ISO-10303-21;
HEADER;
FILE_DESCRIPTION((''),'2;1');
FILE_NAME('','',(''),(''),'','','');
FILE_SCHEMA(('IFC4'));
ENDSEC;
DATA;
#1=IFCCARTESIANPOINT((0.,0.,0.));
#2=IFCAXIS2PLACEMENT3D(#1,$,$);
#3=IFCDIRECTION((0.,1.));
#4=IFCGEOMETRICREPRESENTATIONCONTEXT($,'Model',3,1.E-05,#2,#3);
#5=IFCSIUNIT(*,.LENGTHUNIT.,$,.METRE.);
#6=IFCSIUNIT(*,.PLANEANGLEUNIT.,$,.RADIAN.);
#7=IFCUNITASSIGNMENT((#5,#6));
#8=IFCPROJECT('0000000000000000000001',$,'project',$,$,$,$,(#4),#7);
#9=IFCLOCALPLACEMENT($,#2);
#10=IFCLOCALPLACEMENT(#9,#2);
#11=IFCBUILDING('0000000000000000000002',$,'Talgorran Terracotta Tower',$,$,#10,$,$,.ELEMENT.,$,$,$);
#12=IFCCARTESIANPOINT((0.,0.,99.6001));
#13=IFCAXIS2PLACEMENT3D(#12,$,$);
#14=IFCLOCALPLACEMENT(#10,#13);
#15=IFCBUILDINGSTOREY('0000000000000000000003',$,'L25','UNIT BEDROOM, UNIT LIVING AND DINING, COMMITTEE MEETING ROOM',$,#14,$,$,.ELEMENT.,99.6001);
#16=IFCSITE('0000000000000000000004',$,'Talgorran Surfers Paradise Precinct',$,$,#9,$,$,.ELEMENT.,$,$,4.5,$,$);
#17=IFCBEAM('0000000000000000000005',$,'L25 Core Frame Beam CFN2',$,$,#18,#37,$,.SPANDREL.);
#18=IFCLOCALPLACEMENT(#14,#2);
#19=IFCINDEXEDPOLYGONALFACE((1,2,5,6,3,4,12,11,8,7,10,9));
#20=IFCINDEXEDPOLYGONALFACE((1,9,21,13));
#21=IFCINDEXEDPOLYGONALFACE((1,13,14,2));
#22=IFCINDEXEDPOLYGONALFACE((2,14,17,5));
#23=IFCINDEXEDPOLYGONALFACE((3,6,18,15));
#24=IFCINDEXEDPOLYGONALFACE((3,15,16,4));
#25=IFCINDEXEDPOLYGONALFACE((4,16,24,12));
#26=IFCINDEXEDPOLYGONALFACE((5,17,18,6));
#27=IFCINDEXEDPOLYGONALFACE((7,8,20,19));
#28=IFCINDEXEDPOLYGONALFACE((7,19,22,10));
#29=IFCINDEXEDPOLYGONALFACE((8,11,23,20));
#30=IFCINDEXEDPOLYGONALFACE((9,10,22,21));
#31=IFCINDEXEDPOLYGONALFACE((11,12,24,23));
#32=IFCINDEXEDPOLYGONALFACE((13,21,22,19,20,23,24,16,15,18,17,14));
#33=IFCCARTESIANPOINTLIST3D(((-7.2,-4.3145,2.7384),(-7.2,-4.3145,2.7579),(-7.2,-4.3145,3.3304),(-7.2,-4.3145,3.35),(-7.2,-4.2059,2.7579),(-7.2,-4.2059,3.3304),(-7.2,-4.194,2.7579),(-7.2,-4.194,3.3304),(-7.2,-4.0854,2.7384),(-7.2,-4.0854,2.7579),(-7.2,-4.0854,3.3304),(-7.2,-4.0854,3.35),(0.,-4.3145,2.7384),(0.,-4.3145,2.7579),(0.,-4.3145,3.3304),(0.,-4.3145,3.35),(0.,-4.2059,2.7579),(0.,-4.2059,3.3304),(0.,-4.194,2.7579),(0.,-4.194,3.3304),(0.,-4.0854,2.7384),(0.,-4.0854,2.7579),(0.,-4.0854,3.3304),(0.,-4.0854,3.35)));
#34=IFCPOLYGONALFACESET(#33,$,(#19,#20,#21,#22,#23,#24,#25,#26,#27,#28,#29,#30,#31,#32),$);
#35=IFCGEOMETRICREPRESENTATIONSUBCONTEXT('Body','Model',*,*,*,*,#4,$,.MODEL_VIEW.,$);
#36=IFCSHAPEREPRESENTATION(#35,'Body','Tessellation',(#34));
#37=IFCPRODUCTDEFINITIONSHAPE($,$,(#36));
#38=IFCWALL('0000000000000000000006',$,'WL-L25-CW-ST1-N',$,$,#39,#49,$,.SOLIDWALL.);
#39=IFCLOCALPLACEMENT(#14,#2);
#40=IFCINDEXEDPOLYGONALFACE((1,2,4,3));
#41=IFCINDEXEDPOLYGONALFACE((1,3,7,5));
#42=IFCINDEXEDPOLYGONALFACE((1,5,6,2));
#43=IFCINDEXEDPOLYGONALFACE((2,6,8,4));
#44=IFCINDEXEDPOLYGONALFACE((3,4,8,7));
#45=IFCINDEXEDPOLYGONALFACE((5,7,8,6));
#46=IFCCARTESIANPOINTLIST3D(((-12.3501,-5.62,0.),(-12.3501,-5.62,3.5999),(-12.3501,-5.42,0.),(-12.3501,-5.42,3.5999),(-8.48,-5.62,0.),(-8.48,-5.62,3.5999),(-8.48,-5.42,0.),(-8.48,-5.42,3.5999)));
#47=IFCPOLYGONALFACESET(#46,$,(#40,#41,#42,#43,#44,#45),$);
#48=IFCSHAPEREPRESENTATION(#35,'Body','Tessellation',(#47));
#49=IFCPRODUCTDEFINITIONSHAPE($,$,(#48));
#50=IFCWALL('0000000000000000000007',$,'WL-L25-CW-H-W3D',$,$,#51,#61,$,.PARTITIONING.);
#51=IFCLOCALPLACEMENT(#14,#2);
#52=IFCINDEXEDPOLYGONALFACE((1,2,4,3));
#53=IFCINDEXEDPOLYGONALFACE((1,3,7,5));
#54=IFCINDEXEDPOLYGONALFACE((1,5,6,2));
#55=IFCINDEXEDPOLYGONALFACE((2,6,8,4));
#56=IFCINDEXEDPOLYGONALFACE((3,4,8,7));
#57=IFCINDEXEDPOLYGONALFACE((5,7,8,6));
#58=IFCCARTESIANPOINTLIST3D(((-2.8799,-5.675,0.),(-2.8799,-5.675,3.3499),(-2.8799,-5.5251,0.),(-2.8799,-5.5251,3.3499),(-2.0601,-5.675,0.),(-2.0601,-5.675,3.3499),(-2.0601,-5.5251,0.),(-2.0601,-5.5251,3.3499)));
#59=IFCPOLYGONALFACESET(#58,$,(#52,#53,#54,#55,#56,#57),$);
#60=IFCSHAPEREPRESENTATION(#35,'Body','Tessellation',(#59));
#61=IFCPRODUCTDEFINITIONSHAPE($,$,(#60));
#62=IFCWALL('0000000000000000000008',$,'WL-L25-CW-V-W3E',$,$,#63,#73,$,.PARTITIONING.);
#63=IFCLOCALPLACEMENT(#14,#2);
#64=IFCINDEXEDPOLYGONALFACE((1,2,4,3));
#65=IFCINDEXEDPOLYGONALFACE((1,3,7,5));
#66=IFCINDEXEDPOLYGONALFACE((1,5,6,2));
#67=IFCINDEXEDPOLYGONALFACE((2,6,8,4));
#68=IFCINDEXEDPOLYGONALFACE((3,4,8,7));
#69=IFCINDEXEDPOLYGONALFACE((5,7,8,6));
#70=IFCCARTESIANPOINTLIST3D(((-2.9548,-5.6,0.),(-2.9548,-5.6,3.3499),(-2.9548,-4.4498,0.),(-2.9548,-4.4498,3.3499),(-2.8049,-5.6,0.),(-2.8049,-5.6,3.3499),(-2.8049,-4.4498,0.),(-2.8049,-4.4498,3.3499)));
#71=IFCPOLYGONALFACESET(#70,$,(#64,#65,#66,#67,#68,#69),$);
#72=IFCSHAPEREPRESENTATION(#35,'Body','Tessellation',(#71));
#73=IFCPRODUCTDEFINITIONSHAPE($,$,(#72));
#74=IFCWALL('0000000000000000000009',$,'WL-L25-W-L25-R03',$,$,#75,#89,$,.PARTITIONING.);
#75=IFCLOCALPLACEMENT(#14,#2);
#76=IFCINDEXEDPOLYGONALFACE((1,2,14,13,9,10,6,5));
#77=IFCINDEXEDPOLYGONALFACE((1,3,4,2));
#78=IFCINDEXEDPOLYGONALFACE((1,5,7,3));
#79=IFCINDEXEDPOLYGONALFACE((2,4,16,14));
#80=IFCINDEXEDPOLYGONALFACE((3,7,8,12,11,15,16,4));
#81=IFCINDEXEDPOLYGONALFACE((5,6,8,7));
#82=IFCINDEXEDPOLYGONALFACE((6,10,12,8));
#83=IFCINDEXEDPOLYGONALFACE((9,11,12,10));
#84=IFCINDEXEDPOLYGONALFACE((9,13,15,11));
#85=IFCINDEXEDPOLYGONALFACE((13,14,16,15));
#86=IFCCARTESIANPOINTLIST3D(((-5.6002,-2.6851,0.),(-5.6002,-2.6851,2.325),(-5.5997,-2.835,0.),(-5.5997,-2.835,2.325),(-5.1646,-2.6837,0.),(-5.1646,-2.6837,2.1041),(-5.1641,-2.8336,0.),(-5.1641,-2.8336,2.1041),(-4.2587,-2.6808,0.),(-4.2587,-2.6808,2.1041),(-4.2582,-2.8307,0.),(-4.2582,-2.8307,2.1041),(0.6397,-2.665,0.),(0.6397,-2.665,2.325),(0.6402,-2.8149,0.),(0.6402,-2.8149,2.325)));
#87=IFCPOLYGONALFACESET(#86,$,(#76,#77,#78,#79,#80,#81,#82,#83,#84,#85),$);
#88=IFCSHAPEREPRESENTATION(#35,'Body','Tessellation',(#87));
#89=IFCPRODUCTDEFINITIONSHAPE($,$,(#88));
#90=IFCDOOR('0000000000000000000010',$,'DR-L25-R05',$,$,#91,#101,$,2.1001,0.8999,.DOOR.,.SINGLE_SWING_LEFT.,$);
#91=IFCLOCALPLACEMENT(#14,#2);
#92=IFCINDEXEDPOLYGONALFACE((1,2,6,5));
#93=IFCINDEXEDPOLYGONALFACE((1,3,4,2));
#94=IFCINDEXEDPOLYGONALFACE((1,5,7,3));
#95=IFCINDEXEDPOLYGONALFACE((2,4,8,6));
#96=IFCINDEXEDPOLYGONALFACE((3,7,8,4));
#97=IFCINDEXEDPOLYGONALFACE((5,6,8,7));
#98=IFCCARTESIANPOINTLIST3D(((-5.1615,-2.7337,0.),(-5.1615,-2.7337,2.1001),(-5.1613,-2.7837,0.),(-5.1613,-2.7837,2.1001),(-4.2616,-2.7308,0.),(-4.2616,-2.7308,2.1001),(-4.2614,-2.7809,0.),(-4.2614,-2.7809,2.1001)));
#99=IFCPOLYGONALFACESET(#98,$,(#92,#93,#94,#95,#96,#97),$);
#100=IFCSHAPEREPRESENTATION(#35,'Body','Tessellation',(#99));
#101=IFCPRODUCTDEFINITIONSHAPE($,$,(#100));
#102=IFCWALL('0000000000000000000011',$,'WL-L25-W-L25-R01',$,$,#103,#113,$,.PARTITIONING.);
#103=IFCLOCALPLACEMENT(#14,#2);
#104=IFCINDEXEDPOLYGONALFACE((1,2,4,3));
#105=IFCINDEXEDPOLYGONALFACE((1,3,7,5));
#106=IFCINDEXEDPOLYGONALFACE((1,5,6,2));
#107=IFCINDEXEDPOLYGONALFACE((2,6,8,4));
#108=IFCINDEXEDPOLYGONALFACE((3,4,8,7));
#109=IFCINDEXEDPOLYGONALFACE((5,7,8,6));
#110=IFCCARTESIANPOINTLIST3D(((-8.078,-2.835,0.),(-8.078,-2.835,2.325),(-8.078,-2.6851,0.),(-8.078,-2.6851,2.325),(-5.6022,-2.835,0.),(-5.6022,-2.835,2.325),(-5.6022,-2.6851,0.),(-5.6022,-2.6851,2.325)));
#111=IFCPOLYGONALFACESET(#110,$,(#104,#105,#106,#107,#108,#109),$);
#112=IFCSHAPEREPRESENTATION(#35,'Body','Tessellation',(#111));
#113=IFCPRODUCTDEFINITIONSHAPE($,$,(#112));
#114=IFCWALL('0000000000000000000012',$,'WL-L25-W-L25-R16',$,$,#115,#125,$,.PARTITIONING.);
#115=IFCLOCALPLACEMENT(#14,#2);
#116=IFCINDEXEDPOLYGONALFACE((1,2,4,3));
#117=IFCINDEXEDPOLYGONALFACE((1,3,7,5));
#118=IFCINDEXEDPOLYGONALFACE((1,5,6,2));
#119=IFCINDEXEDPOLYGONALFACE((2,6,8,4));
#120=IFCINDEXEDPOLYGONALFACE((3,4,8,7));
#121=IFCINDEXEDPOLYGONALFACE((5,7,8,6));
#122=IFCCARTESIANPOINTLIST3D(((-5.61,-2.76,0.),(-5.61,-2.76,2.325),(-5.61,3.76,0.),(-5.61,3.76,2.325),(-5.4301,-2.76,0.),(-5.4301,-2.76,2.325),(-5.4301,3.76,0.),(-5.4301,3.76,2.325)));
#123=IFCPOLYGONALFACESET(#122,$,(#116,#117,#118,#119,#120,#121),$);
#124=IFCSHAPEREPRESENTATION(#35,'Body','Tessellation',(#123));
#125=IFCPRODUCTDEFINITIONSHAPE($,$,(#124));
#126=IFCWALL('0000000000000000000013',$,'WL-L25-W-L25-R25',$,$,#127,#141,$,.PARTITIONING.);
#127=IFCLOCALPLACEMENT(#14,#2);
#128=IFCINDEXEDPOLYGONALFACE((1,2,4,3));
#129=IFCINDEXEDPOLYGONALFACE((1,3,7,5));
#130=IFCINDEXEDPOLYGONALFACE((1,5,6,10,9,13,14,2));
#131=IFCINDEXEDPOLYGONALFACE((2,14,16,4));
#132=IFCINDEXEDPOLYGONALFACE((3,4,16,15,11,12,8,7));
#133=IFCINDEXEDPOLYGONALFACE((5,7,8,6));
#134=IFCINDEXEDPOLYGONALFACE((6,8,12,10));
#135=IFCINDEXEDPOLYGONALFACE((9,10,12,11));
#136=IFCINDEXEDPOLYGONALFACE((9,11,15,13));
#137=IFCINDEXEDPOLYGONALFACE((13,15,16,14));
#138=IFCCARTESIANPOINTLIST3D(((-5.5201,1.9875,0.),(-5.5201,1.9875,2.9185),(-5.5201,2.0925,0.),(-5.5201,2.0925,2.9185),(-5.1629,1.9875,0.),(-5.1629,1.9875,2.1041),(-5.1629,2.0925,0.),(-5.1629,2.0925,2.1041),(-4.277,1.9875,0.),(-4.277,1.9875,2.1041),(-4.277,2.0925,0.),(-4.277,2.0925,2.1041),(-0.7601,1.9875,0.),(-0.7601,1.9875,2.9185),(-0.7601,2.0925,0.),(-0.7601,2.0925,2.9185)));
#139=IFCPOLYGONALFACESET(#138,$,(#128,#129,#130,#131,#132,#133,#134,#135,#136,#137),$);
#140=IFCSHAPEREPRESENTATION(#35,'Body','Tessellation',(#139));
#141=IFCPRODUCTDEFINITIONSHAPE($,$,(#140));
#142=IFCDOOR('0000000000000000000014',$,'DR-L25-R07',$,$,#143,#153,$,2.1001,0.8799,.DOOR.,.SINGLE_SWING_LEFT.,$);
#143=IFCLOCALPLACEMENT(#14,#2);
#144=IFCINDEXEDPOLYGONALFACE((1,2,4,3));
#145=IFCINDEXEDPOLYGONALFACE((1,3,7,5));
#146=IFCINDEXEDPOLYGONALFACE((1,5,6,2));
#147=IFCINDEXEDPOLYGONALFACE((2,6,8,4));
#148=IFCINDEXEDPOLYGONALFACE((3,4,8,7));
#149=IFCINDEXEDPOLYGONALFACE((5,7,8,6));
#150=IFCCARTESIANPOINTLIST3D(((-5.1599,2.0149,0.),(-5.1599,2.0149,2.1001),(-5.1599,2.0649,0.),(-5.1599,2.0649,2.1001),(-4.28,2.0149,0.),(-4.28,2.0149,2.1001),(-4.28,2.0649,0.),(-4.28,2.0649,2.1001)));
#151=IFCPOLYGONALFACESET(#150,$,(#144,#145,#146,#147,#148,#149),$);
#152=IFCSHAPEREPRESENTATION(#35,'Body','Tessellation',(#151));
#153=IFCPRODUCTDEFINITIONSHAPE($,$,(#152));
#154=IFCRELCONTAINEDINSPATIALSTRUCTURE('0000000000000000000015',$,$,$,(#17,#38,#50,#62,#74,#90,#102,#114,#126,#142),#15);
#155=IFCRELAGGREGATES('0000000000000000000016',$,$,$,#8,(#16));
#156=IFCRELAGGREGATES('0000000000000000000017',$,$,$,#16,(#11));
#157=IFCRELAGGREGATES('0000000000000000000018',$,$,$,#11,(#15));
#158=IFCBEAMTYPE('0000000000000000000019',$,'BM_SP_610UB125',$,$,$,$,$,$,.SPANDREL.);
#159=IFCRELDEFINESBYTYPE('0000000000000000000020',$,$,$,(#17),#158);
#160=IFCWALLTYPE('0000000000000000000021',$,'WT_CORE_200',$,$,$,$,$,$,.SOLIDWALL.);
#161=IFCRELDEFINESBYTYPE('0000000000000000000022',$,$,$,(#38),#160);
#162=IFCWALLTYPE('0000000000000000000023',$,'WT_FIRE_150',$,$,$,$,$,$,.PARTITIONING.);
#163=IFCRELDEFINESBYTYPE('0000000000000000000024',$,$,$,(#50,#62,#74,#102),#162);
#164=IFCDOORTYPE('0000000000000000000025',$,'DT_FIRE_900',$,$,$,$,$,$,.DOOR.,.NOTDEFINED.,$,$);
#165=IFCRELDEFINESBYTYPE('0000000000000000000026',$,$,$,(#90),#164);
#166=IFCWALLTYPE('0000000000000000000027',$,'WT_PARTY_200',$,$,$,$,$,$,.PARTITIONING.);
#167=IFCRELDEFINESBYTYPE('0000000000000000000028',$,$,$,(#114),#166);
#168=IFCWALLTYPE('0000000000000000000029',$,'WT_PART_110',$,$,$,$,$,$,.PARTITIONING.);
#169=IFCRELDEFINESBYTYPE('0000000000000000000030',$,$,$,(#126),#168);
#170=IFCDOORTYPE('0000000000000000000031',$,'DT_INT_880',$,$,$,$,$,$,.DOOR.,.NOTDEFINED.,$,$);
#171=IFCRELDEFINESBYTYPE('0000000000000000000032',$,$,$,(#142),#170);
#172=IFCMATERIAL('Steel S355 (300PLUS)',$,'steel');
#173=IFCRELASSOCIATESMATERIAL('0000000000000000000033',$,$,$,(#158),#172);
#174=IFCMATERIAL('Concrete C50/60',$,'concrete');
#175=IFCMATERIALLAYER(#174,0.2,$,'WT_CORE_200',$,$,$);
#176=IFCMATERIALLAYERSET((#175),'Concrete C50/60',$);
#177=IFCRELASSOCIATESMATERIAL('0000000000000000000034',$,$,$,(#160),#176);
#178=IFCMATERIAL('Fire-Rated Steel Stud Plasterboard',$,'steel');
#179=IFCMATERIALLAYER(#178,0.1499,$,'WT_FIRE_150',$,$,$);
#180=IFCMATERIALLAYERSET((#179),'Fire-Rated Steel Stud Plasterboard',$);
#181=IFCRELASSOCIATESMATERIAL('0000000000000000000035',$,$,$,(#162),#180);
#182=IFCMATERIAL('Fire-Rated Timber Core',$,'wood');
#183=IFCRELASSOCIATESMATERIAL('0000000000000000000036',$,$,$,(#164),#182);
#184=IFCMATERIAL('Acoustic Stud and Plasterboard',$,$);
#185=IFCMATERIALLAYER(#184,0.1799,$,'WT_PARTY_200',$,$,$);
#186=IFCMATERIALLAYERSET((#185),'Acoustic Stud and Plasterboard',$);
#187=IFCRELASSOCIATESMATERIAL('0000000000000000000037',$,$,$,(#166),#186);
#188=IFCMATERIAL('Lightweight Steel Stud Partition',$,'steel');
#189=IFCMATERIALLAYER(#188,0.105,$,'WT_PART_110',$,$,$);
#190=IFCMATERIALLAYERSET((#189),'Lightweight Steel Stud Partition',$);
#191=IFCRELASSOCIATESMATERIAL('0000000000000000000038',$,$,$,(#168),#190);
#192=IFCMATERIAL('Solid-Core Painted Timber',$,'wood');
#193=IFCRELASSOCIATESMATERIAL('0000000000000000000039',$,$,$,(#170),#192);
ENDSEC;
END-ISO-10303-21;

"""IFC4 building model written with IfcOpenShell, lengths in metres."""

from ifc_helpers import new_model, si_unit, direction, frame, frame_2d, origin, origin_2d, place, context, subcontext, project, spatial, rectangle, i_section, extrude, material, layer, layer_set, material_profile, profile_set, type_object, element, fill, save


model = new_model("IFC4")

# Units and contexts
model_context = context("Model", 3, precision=1e-05, world=origin(), true_north=direction((0.0, 1.0)))
body_context = subcontext(model_context, "Body", "Model", "MODEL_VIEW")
ifc_project = project(units=[si_unit("LENGTHUNIT", "METRE"), si_unit("PLANEANGLEUNIT", "RADIAN")], contexts=[model_context])

# Site, building, storey
site_placement = place(None, origin())
site = spatial("IfcSite", under=ifc_project, at=site_placement, Name="Talgorran Surfers Paradise Precinct", CompositionType="ELEMENT", RefElevation=4.5)
building_placement = place(site_placement, origin())
building = spatial("IfcBuilding", under=site, at=building_placement, Name="Talgorran Terracotta Tower", CompositionType="ELEMENT")
storey_placement = place(building_placement, frame((0.0, 0.0, 99.6001)))
storey = spatial("IfcBuildingStorey", under=building, at=storey_placement, Name="L25", Description="UNIT BEDROOM, UNIT LIVING AND DINING, COMMITTEE MEETING ROOM", CompositionType="ELEMENT", Elevation=99.6001)

# Shared definitions
ifc_material_1 = material(Name="Steel S355 (300PLUS)", Category="steel")

# Beam
ifc_material_profile_1 = material_profile(ifc_material_1, i_section(OverallWidth=0.229, OverallDepth=0.6116, WebThickness=0.012, FlangeThickness=0.0195, at=origin_2d()), Name="610UB125")
ifc_profile_set_1 = profile_set([ifc_material_profile_1], Name="Steel S355 (300PLUS)")
beam_type_1 = type_object("IfcBeamType", Name="BM_SP_610UB125", PredefinedType="SPANDREL", material=ifc_profile_set_1)
beam_1_placement = place(storey_placement, frame((-7.2, -4.2, 3.0442), z_axis=(1.0, 0.0, 0.0), x_axis=(0.0, 1.0, 0.0)))
element("IfcBeam", 1, at=beam_1_placement, inside=storey, type_object=beam_type_1, Name="L25 Core Frame Beam CFN2", PredefinedType="SPANDREL", context=body_context, shape_type="SweptSolid", body=[
    extrude(i_section(OverallWidth=0.229, OverallDepth=0.6116, WebThickness=0.012, FlangeThickness=0.0195, at=origin_2d()), origin(), (0.0, 0.0, 1.0), 7.2),
])

# Walls
ifc_material_2 = material(Name="Concrete C50/60", Category="concrete")
ifc_layer_1 = layer(ifc_material_2, 0.2, Name="WT_CORE_200")
ifc_layer_set_1 = layer_set([ifc_layer_1], Name="Concrete C50/60")
wall_type_1 = type_object("IfcWallType", Name="WT_CORE_200", PredefinedType="SOLIDWALL", material=ifc_layer_set_1)
wall_1_placement = place(storey_placement, frame((-12.3501, -5.52, 0.0), z_axis=(0.0, 0.0, 1.0), x_axis=(1.0, 0.0, 0.0)))
element("IfcWall", 2, at=wall_1_placement, inside=storey, type_object=wall_type_1, Name="WL-L25-CW-ST1-N", PredefinedType="SOLIDWALL", context=body_context, shape_type="SweptSolid", body=[
    extrude(rectangle(XDim=3.8701, YDim=0.2, at=frame_2d((1.9351, 0.0))), origin(), (0.0, 0.0, 1.0), 3.5999),
])
ifc_material_3 = material(Name="Fire-Rated Steel Stud Plasterboard", Category="steel")
ifc_layer_2 = layer(ifc_material_3, 0.1499, Name="WT_FIRE_150")
ifc_layer_set_2 = layer_set([ifc_layer_2], Name="Fire-Rated Steel Stud Plasterboard")
wall_type_2 = type_object("IfcWallType", Name="WT_FIRE_150", PredefinedType="PARTITIONING", material=ifc_layer_set_2)
wall_2_placement = place(storey_placement, frame((-2.8799, -5.6001, 0.0), z_axis=(0.0, 0.0, 1.0), x_axis=(1.0, 0.0, 0.0)))
element("IfcWall", 3, at=wall_2_placement, inside=storey, type_object=wall_type_2, Name="WL-L25-CW-H-W3D", PredefinedType="PARTITIONING", context=body_context, shape_type="SweptSolid", body=[
    extrude(rectangle(XDim=0.8198, YDim=0.1499, at=frame_2d((0.4099, 0.0))), origin(), (0.0, 0.0, 1.0), 3.3499),
])
wall_3_placement = place(storey_placement, frame((-2.8799, -5.6001, 0.0), z_axis=(0.0, 0.0, 1.0), x_axis=(0.0, 1.0, 0.0)))
element("IfcWall", 4, at=wall_3_placement, inside=storey, type_object=wall_type_2, Name="WL-L25-CW-V-W3E", PredefinedType="PARTITIONING", context=body_context, shape_type="SweptSolid", body=[
    extrude(rectangle(XDim=1.1501, YDim=0.1499, at=frame_2d((0.5752, 0.0))), origin(), (0.0, 0.0, 1.0), 3.3499),
])

# Wall, opening, door
wall_4_placement = place(storey_placement, frame((-5.6001, -2.76, 0.0), z_axis=(0.0, 0.0, 1.0), x_axis=(0.999995, 0.003208, 0.0)))
wall_4 = element("IfcWall", 5, at=wall_4_placement, inside=storey, type_object=wall_type_2, Name="WL-L25-W-L25-R03", PredefinedType="PARTITIONING", context=body_context, shape_type="SweptSolid", body=[
    extrude(rectangle(XDim=6.24, YDim=0.1499, at=frame_2d((3.1201, 0.0))), origin(), (0.0, 0.0, 1.0), 2.325),
])
opening_1_placement = place(wall_4_placement, frame((0.4387, 0.0, 0.0)))
opening_1 = element("IfcOpeningElement", 6, at=opening_1_placement, cuts=wall_4, PredefinedType="OPENING", context=body_context, shape_type="SweptSolid", body=[
    extrude(rectangle(XDim=0.9059, YDim=2.1041, at=frame_2d((0.45, 1.052))), frame((0.0, 0.085, 0.0), z_axis=(0.0, -1.0, 0.0), x_axis=(1.0, 0.0, 0.0)), (0.0, 0.0, 1.0), 0.1699),
])
ifc_material_4 = material(Name="Fire-Rated Timber Core", Category="wood")
door_type_1 = type_object("IfcDoorType", Name="DT_FIRE_900", OperationType="NOTDEFINED", PredefinedType="DOOR", material=ifc_material_4)
door_1_placement = place(opening_1_placement, origin())
door_1 = element("IfcDoor", 7, at=door_1_placement, inside=storey, type_object=door_type_1, Name="DR-L25-R05", OperationType="SINGLE_SWING_LEFT", OverallHeight=2.1001, OverallWidth=0.8999, PredefinedType="DOOR", context=body_context, shape_type="SweptSolid", body=[
    extrude(rectangle(XDim=0.8999, YDim=2.1001, at=frame_2d((0.45, 1.05))), frame((0.0, 0.0249, 0.0), z_axis=(0.0, -1.0, 0.0), x_axis=(1.0, 0.0, 0.0)), (0.0, 0.0, 1.0), 0.05),
])
fill(opening_1, door_1)

# Walls
wall_5_placement = place(storey_placement, frame((-8.0779, -2.76, 0.0), z_axis=(0.0, 0.0, 1.0), x_axis=(1.0, 0.0, 0.0)))
element("IfcWall", 8, at=wall_5_placement, inside=storey, type_object=wall_type_2, Name="WL-L25-W-L25-R01", PredefinedType="PARTITIONING", context=body_context, shape_type="SweptSolid", body=[
    extrude(rectangle(XDim=2.4758, YDim=0.1499, at=frame_2d((1.2378, 0.0))), origin(), (0.0, 0.0, 1.0), 2.325),
])
ifc_material_5 = material(Name="Acoustic Stud and Plasterboard")
ifc_layer_3 = layer(ifc_material_5, 0.1799, Name="WT_PARTY_200")
ifc_layer_set_3 = layer_set([ifc_layer_3], Name="Acoustic Stud and Plasterboard")
wall_type_3 = type_object("IfcWallType", Name="WT_PARTY_200", PredefinedType="PARTITIONING", material=ifc_layer_set_3)
wall_6_placement = place(storey_placement, frame((-5.52, -2.76, 0.0), z_axis=(0.0, 0.0, 1.0), x_axis=(0.0, 1.0, 0.0)))
element("IfcWall", 9, at=wall_6_placement, inside=storey, type_object=wall_type_3, Name="WL-L25-W-L25-R16", PredefinedType="PARTITIONING", context=body_context, shape_type="SweptSolid", body=[
    extrude(rectangle(XDim=6.52, YDim=0.1799, at=frame_2d((3.26, 0.0))), origin(), (0.0, 0.0, 1.0), 2.325),
])

# Wall, opening, door
ifc_material_6 = material(Name="Lightweight Steel Stud Partition", Category="steel")
ifc_layer_4 = layer(ifc_material_6, 0.105, Name="WT_PART_110")
ifc_layer_set_4 = layer_set([ifc_layer_4], Name="Lightweight Steel Stud Partition")
wall_type_4 = type_object("IfcWallType", Name="WT_PART_110", PredefinedType="PARTITIONING", material=ifc_layer_set_4)
wall_7_placement = place(storey_placement, frame((-5.52, 2.04, 0.0), z_axis=(0.0, 0.0, 1.0), x_axis=(1.0, 0.0, 0.0)))
wall_7 = element("IfcWall", 10, at=wall_7_placement, inside=storey, type_object=wall_type_4, Name="WL-L25-W-L25-R25", PredefinedType="PARTITIONING", context=body_context, shape_type="SweptSolid", body=[
    extrude(rectangle(XDim=4.76, YDim=0.105, at=frame_2d((2.3799, 0.0))), origin(), (0.0, 0.0, 1.0), 2.9185),
])
opening_2_placement = place(wall_7_placement, frame((0.3601, 0.0, 0.0)))
opening_2 = element("IfcOpeningElement", 11, at=opening_2_placement, cuts=wall_7, PredefinedType="OPENING", context=body_context, shape_type="SweptSolid", body=[
    extrude(rectangle(XDim=0.8859, YDim=2.1041, at=frame_2d((0.4399, 1.052))), frame((0.0, 0.0625, 0.0), z_axis=(0.0, -1.0, 0.0), x_axis=(1.0, 0.0, 0.0)), (0.0, 0.0, 1.0), 0.125),
])
ifc_material_7 = material(Name="Solid-Core Painted Timber", Category="wood")
door_type_2 = type_object("IfcDoorType", Name="DT_INT_880", OperationType="NOTDEFINED", PredefinedType="DOOR", material=ifc_material_7)
door_2_placement = place(opening_2_placement, origin())
door_2 = element("IfcDoor", 12, at=door_2_placement, inside=storey, type_object=door_type_2, Name="DR-L25-R07", OperationType="SINGLE_SWING_LEFT", OverallHeight=2.1001, OverallWidth=0.8799, PredefinedType="DOOR", context=body_context, shape_type="SweptSolid", body=[
    extrude(rectangle(XDim=0.8799, YDim=2.1001, at=frame_2d((0.4399, 1.05))), frame((0.0, 0.0249, 0.0), z_axis=(0.0, -1.0, 0.0), x_axis=(1.0, 0.0, 0.0)), (0.0, 0.0, 1.0), 0.05),
])
fill(opening_2, door_2)

save(model, "model.ifc")
